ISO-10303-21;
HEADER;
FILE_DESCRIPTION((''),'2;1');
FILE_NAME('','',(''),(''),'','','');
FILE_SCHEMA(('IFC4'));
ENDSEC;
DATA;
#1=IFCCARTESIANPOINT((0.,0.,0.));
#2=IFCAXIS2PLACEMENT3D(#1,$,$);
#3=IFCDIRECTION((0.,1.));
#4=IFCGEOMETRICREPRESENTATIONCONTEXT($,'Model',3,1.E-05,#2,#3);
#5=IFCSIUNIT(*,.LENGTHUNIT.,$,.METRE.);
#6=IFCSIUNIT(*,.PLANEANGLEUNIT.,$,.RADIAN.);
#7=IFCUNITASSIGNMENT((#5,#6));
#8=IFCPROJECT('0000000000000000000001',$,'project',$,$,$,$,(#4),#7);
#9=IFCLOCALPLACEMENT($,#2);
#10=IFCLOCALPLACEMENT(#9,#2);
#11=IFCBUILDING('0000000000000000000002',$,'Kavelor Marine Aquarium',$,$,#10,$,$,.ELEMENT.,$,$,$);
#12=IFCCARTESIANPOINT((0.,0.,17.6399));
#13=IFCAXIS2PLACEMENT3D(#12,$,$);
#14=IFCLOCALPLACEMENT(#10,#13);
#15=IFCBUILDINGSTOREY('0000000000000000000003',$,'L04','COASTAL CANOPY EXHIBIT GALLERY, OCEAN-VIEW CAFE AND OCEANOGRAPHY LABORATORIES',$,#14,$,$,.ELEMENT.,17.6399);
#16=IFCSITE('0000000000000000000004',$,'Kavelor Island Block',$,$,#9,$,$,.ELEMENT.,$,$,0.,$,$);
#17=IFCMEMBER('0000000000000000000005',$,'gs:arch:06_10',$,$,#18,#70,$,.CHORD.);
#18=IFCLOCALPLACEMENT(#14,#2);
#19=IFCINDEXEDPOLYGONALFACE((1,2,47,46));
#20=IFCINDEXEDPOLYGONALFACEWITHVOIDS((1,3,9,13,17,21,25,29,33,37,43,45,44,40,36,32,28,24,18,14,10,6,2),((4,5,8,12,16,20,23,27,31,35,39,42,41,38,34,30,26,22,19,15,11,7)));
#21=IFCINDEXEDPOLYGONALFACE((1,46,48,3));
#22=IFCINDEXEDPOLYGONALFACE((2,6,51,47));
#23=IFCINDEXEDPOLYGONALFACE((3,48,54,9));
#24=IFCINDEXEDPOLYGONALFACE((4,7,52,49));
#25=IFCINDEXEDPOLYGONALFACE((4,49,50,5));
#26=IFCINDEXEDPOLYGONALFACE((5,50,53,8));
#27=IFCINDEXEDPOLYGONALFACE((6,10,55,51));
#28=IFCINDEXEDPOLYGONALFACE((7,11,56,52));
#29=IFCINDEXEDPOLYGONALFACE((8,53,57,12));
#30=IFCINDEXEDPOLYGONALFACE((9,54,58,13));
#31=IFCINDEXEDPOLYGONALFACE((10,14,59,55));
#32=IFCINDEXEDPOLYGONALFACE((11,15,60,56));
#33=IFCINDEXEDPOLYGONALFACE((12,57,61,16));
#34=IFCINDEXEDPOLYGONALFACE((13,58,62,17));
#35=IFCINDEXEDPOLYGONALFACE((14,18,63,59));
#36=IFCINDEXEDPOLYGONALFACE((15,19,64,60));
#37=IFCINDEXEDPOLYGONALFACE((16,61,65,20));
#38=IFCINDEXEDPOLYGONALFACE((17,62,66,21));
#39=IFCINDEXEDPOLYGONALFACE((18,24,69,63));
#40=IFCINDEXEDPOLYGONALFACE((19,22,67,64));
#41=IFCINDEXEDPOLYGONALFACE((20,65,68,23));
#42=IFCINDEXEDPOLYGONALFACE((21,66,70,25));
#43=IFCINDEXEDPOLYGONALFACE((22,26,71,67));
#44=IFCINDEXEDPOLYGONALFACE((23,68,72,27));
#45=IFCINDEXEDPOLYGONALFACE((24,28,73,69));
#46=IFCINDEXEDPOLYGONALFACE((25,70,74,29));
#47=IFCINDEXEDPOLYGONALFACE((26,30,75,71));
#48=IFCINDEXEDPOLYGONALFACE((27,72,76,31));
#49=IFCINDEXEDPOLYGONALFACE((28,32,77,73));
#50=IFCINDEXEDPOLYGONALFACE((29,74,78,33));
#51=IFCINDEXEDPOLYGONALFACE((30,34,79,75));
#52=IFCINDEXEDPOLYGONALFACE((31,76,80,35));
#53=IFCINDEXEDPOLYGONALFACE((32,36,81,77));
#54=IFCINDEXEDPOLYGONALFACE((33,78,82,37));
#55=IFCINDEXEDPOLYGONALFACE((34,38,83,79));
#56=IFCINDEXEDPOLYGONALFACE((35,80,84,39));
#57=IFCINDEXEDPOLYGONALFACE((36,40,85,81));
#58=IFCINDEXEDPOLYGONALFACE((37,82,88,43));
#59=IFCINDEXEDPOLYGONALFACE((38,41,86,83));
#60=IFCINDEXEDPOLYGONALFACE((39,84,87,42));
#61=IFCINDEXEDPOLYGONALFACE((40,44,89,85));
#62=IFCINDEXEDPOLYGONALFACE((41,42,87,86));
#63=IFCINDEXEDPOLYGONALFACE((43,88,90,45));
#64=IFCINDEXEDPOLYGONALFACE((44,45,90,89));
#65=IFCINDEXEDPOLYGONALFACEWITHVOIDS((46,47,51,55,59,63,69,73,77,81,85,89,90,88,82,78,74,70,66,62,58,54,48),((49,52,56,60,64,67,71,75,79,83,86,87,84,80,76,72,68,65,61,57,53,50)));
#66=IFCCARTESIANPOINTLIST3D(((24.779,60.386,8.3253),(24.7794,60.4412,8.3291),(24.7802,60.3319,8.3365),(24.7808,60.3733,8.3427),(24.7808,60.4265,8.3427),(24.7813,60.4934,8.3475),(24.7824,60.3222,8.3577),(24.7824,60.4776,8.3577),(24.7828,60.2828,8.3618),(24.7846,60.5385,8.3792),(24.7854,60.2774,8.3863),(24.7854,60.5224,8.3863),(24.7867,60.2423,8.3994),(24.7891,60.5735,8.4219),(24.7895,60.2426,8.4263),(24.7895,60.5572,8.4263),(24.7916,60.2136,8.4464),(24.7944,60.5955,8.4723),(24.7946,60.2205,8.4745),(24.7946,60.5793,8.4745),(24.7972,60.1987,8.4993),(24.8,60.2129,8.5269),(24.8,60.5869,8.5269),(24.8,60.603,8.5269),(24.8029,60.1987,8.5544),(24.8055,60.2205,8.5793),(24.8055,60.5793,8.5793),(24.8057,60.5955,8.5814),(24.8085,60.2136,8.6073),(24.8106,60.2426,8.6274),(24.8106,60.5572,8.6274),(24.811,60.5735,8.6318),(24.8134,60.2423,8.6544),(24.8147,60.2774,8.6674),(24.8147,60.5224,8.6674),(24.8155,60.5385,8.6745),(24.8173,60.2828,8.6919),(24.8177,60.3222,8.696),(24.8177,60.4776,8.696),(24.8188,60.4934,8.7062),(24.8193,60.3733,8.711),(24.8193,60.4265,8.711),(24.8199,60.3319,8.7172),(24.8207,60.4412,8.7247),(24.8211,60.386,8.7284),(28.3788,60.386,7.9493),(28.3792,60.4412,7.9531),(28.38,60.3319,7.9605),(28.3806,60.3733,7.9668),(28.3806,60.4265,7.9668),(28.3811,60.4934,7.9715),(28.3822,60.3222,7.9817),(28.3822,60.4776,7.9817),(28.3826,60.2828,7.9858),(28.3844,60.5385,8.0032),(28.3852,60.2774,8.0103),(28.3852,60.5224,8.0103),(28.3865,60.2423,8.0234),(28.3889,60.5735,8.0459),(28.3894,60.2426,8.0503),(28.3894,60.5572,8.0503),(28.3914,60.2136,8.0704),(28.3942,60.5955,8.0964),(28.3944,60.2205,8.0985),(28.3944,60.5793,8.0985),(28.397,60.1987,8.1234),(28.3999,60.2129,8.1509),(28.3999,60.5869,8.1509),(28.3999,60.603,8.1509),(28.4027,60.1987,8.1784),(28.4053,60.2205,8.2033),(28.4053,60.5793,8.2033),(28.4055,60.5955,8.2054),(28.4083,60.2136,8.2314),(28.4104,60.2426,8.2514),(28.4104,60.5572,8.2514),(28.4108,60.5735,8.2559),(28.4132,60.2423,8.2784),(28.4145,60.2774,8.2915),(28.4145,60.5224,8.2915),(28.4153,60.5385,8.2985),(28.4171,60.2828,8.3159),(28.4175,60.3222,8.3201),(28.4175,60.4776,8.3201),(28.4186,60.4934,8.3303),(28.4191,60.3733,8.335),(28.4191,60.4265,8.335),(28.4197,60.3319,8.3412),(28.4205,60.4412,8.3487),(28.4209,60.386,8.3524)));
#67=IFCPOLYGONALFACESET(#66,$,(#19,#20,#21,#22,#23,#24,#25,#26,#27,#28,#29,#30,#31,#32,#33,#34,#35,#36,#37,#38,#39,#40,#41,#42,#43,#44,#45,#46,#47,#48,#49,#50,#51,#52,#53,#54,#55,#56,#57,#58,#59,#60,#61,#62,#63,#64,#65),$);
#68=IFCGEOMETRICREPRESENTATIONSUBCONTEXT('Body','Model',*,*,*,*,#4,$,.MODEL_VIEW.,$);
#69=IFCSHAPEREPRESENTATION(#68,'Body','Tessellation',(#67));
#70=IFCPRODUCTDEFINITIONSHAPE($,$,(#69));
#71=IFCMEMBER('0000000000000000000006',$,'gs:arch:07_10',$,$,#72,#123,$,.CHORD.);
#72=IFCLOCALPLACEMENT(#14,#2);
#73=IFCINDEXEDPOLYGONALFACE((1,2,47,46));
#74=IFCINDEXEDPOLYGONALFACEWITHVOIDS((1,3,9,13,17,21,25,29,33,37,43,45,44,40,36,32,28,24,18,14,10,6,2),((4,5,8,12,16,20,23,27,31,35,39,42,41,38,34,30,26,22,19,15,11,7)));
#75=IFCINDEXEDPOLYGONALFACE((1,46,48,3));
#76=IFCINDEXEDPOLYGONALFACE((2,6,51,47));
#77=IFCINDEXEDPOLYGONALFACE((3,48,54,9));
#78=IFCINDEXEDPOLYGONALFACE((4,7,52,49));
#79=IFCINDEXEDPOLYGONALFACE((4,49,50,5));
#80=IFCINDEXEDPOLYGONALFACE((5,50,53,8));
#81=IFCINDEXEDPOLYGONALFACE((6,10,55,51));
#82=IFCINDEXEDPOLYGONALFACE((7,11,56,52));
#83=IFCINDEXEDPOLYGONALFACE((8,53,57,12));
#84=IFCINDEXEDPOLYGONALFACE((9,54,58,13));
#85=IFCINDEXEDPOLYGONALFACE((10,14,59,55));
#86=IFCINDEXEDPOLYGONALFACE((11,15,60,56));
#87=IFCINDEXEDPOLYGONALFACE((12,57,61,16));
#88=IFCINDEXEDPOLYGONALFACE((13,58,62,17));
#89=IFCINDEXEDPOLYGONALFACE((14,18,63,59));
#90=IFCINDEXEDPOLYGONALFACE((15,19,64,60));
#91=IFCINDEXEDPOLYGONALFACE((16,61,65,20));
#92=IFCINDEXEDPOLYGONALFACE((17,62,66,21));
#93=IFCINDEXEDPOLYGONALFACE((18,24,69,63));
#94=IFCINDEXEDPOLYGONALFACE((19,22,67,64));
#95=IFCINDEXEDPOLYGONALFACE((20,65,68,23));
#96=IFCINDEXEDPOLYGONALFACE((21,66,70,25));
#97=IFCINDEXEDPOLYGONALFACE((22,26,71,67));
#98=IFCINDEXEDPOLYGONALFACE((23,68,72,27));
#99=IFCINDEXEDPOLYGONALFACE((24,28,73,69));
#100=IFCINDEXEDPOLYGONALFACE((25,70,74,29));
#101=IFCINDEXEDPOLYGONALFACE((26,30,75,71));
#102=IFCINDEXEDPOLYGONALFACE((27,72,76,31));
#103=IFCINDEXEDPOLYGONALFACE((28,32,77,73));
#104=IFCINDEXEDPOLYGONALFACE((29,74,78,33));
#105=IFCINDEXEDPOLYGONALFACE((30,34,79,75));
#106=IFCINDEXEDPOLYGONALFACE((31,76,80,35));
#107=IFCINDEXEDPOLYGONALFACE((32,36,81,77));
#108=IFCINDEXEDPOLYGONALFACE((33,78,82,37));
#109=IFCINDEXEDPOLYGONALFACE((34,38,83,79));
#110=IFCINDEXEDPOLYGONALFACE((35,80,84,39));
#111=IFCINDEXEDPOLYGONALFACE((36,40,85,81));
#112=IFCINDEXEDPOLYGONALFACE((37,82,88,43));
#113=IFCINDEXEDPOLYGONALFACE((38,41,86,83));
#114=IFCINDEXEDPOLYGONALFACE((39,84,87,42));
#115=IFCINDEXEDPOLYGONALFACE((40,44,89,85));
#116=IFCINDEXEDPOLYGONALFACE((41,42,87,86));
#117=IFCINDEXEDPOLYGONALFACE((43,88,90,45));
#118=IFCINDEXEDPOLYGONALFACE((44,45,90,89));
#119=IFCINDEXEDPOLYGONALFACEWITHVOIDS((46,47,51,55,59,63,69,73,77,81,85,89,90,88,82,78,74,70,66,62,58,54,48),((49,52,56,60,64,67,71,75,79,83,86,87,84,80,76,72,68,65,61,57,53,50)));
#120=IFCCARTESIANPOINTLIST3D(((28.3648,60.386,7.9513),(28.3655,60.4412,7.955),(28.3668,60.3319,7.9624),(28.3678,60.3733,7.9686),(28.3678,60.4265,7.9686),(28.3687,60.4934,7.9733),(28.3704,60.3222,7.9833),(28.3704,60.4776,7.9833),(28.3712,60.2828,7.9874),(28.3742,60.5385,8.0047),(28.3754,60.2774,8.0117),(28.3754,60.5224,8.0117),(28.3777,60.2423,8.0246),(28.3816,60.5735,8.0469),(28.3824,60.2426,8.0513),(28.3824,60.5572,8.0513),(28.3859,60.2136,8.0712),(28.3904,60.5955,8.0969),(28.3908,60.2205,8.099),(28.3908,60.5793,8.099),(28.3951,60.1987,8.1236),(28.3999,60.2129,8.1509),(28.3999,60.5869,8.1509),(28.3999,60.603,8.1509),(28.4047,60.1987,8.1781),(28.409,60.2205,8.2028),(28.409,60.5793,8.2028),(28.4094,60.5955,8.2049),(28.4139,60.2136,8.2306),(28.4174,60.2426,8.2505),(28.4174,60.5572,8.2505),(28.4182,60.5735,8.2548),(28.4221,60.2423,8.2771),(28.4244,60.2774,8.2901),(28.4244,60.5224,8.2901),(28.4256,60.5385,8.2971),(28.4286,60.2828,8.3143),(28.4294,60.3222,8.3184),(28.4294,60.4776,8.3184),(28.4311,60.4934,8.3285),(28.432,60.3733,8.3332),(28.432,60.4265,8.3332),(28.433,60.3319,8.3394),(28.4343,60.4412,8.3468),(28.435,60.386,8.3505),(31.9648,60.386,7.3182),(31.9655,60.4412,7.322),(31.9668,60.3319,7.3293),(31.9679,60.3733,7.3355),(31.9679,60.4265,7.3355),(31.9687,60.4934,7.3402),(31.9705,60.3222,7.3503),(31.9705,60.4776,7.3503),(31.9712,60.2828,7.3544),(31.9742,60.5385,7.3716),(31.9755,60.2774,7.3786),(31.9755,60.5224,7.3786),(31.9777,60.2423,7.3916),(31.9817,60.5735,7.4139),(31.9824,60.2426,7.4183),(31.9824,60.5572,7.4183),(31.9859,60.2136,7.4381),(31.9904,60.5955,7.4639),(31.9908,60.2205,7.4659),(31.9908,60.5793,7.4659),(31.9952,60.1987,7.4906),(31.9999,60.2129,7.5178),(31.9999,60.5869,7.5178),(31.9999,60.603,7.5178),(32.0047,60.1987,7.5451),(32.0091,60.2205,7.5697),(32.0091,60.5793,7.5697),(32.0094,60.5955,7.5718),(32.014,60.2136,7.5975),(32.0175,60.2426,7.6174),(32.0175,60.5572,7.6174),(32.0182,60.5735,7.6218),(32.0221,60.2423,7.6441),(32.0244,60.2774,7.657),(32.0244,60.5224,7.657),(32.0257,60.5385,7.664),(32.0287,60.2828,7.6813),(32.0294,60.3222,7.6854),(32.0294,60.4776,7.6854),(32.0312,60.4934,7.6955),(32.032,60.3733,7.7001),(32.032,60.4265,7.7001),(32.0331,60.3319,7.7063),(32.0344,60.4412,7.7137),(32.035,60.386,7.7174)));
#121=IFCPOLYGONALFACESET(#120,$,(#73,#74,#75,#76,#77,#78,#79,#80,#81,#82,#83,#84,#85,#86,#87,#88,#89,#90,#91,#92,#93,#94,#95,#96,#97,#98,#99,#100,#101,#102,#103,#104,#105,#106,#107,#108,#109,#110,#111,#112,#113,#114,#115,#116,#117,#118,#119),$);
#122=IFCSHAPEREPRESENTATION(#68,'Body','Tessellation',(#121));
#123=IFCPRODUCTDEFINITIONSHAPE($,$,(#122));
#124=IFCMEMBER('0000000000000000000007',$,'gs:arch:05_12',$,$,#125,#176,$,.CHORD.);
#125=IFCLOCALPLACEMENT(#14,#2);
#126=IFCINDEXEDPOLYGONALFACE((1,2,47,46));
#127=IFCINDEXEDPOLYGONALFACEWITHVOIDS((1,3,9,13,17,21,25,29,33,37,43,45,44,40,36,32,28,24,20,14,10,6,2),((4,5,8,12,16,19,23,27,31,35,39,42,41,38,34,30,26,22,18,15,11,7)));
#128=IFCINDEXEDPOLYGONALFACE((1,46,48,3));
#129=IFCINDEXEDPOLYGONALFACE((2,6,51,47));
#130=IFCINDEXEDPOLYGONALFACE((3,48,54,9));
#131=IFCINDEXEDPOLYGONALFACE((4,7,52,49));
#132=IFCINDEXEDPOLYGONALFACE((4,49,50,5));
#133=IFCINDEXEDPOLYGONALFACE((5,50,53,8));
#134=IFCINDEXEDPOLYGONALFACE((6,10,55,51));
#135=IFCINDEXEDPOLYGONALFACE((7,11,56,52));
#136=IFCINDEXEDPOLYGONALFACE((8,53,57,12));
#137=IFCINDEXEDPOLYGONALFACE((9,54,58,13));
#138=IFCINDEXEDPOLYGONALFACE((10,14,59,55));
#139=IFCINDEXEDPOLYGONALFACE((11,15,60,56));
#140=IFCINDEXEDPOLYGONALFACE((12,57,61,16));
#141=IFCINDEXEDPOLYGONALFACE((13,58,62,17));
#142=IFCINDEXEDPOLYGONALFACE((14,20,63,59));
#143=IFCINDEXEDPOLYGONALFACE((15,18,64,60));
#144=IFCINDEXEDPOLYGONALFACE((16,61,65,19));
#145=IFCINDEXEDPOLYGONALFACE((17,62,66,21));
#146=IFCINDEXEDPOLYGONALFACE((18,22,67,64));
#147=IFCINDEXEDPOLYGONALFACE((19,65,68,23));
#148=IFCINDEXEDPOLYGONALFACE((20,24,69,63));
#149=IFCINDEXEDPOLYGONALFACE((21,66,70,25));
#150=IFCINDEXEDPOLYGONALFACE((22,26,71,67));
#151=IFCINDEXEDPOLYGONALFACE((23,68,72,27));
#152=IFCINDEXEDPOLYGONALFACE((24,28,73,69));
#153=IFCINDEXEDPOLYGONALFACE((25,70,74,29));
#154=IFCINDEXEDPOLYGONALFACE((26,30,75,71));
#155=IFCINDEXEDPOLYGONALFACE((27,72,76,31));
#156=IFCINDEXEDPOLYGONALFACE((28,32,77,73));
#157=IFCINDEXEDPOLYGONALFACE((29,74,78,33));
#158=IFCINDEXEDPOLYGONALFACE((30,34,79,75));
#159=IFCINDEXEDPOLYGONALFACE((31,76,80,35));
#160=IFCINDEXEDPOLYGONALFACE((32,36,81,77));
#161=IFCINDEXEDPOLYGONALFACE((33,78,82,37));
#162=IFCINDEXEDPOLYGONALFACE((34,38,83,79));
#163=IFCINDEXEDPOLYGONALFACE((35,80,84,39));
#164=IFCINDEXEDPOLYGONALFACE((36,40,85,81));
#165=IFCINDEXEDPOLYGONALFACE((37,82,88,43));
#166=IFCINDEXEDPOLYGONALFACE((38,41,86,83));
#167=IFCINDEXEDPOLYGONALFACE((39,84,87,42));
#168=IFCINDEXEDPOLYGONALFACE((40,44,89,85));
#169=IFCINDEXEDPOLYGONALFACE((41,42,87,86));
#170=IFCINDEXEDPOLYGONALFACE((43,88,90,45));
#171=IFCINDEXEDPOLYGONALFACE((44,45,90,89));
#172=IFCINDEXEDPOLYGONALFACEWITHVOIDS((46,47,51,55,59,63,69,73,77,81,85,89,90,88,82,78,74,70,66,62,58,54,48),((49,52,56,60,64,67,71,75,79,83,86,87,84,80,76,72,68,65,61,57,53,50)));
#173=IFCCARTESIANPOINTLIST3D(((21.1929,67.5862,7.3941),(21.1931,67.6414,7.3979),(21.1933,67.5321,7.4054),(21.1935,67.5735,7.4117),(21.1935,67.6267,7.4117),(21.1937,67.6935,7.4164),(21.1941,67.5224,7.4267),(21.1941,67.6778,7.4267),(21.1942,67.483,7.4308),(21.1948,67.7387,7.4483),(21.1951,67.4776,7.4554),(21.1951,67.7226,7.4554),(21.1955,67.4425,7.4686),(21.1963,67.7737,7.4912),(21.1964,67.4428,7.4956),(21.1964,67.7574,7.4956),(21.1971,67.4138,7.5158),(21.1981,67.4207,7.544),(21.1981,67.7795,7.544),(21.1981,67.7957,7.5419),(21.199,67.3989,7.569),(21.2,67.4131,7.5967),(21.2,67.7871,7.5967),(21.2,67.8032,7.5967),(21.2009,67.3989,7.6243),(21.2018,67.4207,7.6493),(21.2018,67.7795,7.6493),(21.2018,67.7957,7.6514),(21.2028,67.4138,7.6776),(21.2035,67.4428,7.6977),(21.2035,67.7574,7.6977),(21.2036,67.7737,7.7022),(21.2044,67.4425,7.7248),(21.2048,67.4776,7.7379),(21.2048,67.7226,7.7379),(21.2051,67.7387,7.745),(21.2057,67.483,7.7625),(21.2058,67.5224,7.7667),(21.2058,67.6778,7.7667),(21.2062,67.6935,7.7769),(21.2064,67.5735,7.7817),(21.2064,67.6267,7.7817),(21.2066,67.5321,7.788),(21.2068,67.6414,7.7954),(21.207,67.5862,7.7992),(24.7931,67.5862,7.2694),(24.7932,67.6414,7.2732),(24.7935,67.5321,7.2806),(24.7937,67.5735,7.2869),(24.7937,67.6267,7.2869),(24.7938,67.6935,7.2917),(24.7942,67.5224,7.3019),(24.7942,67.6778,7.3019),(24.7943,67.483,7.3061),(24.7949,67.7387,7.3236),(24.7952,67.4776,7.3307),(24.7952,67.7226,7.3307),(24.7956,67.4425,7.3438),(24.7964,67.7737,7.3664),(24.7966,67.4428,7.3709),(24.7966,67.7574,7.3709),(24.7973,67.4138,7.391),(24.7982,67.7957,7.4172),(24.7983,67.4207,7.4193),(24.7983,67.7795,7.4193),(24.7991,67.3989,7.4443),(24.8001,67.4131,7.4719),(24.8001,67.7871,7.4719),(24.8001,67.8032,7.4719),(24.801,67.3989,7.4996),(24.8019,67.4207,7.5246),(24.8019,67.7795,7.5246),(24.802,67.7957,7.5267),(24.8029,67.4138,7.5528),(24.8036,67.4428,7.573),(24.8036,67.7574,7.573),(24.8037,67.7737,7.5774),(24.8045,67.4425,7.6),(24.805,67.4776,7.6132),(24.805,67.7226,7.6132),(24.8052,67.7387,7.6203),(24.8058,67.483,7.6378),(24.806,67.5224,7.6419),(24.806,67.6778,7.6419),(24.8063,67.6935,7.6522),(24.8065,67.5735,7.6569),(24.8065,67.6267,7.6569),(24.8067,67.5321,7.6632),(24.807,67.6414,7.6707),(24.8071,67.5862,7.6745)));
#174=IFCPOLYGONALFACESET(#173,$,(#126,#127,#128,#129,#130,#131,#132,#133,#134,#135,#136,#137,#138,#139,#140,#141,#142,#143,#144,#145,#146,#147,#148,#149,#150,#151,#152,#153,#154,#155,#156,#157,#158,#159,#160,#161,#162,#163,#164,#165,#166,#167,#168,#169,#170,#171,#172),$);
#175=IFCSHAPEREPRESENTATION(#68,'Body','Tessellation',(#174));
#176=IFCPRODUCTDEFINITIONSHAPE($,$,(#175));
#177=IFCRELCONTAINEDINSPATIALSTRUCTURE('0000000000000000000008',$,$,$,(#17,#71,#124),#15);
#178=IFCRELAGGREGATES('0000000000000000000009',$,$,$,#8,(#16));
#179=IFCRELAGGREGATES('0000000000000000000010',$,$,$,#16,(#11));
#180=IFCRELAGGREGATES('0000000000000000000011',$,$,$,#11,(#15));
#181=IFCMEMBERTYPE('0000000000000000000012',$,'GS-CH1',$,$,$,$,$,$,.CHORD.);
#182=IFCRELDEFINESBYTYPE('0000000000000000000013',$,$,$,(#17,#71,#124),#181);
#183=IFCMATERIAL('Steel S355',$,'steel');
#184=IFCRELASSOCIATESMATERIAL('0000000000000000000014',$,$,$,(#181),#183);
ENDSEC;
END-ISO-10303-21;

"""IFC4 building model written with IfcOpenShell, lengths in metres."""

from ifc_helpers import new_model, si_unit, direction, frame, origin, origin_2d, place, context, subcontext, project, spatial, hollow_circle, extrude, material, material_profile, profile_set, type_object, element, save


model = new_model("IFC4")

# Units and contexts
model_context = context("Model", 3, precision=1e-05, world=origin(), true_north=direction((0.0, 1.0)))
body_context = subcontext(model_context, "Body", "Model", "MODEL_VIEW")
ifc_project = project(units=[si_unit("LENGTHUNIT", "METRE"), si_unit("PLANEANGLEUNIT", "RADIAN")], contexts=[model_context])

# Site, building, storey
site_placement = place(None, origin())
site = spatial("IfcSite", under=ifc_project, at=site_placement, Name="Kavelor Island Block", CompositionType="ELEMENT", RefElevation=0.0)
building_placement = place(site_placement, origin())
building = spatial("IfcBuilding", under=site, at=building_placement, Name="Kavelor Marine Aquarium", CompositionType="ELEMENT")
storey_placement = place(building_placement, frame((0.0, 0.0, 17.6399)))
storey = spatial("IfcBuildingStorey", under=building, at=storey_placement, Name="L04", Description="COASTAL CANOPY EXHIBIT GALLERY, OCEAN-VIEW CAFE AND OCEANOGRAPHY LABORATORIES", CompositionType="ELEMENT", Elevation=17.6399)

# Members
ifc_material_1 = material(Name="Steel S355", Category="steel")
ifc_material_profile_1 = material_profile(ifc_material_1, hollow_circle(Radius=0.2031, WallThickness=0.0161, at=origin_2d()), Name="CHS 406.4x16.0")
ifc_profile_set_1 = profile_set([ifc_material_profile_1], Name="Steel S355")
member_type_1 = type_object("IfcMemberType", Name="GS-CH1", PredefinedType="CHORD", material=ifc_profile_set_1)
member_1_placement = place(storey_placement, frame((24.8, 60.3999, 8.5269), z_axis=(0.99459, 0.0, -0.103877), x_axis=(0.0, 1.0, 0.0)))
element("IfcMember", 1, at=member_1_placement, inside=storey, type_object=member_type_1, Name="gs:arch:06_10", PredefinedType="CHORD", context=body_context, shape_type="SweptSolid", body=[
    extrude(hollow_circle(Radius=0.2031, WallThickness=0.0161, at=origin_2d()), origin(), (0.0, 0.0, 1.0), 3.6194),
])
member_2_placement = place(storey_placement, frame((28.3999, 60.3999, 8.1509), z_axis=(0.984889, 0.0, -0.173187), x_axis=(0.0, 1.0, 0.0)))
element("IfcMember", 2, at=member_2_placement, inside=storey, type_object=member_type_1, Name="gs:arch:07_10", PredefinedType="CHORD", context=body_context, shape_type="SweptSolid", body=[
    extrude(hollow_circle(Radius=0.2031, WallThickness=0.0161, at=origin_2d()), origin(), (0.0, 0.0, 1.0), 3.6553),
])
member_3_placement = place(storey_placement, frame((21.2, 67.6001, 7.5967), z_axis=(0.9994, 0.0, -0.034633), x_axis=(0.0, 1.0, 0.0)))
element("IfcMember", 3, at=member_3_placement, inside=storey, type_object=member_type_1, Name="gs:arch:05_12", PredefinedType="CHORD", context=body_context, shape_type="SweptSolid", body=[
    extrude(hollow_circle(Radius=0.2031, WallThickness=0.0161, at=origin_2d()), origin(), (0.0, 0.0, 1.0), 3.6023),
])

save(model, "model.ifc")
